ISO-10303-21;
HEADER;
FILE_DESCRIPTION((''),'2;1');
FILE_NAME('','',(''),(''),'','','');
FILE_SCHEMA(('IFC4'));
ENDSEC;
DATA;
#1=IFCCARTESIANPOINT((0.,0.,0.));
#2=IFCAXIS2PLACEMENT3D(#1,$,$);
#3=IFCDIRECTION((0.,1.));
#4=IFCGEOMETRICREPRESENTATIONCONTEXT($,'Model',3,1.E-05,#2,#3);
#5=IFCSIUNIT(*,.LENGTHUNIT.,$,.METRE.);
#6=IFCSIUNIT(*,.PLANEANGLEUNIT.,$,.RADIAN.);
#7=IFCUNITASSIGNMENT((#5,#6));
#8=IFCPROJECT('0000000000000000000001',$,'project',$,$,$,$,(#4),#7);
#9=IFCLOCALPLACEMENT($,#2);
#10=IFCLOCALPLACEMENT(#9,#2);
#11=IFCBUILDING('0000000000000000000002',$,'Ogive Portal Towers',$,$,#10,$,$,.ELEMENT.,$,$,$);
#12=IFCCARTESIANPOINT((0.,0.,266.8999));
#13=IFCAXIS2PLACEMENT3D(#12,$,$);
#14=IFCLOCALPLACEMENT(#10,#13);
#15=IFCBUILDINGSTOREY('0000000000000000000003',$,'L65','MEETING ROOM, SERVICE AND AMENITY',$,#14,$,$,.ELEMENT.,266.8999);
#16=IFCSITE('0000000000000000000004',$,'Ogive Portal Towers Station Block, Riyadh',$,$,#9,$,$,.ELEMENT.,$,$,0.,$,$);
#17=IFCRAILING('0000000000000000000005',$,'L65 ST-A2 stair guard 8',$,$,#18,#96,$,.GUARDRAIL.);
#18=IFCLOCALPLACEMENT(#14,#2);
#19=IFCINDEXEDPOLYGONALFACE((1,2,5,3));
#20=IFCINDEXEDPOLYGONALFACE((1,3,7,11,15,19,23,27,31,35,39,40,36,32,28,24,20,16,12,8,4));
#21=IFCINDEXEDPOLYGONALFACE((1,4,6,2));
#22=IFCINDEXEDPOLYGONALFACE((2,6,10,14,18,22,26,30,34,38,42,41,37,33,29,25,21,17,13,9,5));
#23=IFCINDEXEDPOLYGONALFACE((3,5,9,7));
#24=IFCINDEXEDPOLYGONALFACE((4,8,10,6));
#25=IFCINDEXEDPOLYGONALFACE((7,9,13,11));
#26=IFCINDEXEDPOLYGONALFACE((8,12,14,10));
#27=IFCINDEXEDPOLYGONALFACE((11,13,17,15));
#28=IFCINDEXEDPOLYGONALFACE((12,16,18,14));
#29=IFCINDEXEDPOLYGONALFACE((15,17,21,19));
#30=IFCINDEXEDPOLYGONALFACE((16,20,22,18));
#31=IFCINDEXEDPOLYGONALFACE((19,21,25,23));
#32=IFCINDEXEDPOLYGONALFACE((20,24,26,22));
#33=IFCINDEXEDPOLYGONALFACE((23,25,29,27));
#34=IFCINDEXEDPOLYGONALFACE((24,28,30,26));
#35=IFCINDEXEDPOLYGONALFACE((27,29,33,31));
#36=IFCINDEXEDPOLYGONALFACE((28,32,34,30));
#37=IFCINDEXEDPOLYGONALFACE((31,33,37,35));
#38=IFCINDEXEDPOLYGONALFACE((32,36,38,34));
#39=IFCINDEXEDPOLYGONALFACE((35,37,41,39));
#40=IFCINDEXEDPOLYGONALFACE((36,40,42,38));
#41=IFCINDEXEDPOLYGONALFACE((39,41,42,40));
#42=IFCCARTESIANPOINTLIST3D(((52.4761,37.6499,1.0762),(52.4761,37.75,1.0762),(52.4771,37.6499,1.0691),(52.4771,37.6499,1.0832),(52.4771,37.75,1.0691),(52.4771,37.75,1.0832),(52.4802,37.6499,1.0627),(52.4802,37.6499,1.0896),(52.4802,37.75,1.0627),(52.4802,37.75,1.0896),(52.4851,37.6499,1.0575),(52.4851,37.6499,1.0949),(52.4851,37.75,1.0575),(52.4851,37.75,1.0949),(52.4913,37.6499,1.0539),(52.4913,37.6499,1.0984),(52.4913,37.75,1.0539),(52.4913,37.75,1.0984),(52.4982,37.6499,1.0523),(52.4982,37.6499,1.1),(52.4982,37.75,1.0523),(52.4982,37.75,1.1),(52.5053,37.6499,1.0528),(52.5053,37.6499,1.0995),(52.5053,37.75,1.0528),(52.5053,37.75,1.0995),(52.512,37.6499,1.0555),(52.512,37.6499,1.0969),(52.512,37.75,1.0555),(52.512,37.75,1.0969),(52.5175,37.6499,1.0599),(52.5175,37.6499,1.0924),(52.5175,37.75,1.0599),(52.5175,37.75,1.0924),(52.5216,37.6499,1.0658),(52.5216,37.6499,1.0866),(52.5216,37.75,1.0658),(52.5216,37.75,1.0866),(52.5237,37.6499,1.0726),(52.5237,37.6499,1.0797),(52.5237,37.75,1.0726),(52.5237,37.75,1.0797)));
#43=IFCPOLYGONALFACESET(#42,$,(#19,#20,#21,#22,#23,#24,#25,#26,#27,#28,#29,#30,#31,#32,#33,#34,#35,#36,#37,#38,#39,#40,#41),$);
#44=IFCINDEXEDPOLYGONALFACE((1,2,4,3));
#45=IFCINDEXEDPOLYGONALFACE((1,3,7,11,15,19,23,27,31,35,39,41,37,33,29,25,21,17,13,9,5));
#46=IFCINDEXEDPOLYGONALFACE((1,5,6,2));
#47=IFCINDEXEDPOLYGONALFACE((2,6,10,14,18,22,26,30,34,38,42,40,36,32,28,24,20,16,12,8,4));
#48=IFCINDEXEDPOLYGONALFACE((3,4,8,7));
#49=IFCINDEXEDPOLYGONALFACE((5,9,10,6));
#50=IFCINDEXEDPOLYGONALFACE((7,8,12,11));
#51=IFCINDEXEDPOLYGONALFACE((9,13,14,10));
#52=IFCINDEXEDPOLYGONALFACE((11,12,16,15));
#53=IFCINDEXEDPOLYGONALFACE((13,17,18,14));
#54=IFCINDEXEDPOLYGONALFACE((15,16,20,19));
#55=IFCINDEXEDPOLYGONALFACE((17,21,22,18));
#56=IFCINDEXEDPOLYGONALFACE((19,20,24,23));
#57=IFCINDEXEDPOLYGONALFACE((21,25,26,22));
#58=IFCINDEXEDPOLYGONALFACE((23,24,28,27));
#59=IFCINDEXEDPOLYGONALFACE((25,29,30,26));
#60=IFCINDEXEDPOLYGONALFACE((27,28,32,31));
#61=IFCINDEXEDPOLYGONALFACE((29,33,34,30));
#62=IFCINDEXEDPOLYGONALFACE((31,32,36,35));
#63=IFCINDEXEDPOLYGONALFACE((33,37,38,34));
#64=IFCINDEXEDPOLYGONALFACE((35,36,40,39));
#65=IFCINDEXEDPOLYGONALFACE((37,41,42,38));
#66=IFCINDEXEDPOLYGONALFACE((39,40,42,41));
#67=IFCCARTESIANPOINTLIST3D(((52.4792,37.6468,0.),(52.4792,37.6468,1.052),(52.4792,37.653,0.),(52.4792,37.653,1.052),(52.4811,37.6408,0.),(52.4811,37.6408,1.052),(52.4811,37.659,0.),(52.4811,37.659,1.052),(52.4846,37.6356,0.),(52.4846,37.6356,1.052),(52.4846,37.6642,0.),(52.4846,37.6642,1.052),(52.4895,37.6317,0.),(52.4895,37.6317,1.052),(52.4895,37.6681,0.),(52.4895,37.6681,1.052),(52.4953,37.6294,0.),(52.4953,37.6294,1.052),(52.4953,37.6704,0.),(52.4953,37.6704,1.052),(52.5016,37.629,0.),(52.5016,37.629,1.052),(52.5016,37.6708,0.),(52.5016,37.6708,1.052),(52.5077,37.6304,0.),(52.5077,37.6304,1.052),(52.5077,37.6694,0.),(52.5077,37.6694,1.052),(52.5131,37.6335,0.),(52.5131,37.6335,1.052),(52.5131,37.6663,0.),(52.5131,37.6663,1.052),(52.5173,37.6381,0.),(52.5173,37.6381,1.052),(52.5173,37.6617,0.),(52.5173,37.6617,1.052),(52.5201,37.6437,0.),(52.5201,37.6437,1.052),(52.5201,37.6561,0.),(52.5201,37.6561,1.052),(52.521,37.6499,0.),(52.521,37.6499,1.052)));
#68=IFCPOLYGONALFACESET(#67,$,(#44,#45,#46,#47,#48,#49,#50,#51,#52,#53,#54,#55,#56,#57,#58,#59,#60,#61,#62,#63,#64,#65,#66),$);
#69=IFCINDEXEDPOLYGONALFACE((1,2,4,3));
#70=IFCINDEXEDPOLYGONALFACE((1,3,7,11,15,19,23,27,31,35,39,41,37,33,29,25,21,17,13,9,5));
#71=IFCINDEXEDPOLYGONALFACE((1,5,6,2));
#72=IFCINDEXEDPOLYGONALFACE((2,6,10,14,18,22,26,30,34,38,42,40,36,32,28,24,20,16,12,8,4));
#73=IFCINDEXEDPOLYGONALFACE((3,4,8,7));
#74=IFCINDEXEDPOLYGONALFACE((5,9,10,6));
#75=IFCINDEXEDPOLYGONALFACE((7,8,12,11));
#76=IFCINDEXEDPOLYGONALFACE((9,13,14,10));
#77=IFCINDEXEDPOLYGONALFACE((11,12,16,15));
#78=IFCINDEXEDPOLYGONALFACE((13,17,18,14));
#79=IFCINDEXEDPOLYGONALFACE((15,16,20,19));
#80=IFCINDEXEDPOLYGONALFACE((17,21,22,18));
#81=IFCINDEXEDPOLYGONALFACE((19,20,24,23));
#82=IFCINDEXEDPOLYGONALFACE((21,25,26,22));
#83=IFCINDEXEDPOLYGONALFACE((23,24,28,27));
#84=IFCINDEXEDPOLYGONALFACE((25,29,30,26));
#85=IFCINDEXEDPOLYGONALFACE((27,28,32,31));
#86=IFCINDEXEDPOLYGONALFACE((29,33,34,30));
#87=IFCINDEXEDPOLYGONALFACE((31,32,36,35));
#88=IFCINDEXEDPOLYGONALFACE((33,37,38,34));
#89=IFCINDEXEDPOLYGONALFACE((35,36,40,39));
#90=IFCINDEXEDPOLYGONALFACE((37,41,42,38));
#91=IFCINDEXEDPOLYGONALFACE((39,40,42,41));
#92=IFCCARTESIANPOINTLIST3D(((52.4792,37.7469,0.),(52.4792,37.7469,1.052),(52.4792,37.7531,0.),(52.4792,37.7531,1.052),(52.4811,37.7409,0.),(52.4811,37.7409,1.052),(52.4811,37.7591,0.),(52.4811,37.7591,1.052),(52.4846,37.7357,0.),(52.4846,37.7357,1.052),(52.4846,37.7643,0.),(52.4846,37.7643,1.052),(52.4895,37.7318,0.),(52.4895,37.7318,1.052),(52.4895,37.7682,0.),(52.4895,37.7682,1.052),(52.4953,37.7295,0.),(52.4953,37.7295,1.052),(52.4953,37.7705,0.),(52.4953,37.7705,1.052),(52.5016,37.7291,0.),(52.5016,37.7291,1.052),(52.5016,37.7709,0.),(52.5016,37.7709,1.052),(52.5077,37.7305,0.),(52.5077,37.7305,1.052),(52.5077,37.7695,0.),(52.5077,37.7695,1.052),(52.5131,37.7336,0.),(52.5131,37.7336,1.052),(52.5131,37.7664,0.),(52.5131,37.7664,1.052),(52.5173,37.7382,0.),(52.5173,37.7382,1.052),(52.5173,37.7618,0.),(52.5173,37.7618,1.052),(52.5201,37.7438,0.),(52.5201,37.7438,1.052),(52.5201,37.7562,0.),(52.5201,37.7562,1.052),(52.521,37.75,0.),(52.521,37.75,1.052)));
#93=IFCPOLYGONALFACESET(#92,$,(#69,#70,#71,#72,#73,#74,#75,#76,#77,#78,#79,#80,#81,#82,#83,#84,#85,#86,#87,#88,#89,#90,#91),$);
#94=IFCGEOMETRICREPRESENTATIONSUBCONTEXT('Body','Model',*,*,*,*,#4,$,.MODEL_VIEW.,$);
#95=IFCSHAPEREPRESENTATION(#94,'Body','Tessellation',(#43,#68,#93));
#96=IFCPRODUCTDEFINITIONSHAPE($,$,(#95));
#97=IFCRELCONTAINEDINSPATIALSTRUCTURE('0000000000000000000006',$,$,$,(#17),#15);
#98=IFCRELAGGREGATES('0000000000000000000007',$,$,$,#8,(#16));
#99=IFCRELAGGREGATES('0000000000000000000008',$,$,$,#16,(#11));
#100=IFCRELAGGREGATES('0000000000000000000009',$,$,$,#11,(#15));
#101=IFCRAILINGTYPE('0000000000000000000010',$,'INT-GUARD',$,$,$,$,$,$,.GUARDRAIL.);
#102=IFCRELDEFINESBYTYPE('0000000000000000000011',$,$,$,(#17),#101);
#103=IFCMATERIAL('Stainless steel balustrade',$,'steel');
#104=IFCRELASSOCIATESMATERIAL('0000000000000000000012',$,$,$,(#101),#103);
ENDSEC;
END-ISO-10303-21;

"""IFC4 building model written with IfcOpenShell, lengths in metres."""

from ifc_helpers import new_model, si_unit, direction, frame, origin, origin_2d, place, context, subcontext, project, spatial, circle, extrude, material, type_object, element, save


model = new_model("IFC4")

# Units and contexts
model_context = context("Model", 3, precision=1e-05, world=origin(), true_north=direction((0.0, 1.0)))
body_context = subcontext(model_context, "Body", "Model", "MODEL_VIEW")
ifc_project = project(units=[si_unit("LENGTHUNIT", "METRE"), si_unit("PLANEANGLEUNIT", "RADIAN")], contexts=[model_context])

# Site, building, storey
site_placement = place(None, origin())
site = spatial("IfcSite", under=ifc_project, at=site_placement, Name="Ogive Portal Towers Station Block, Riyadh", CompositionType="ELEMENT", RefElevation=0.0)
building_placement = place(site_placement, origin())
building = spatial("IfcBuilding", under=site, at=building_placement, Name="Ogive Portal Towers", CompositionType="ELEMENT")
storey_placement = place(building_placement, frame((0.0, 0.0, 266.8999)))
storey = spatial("IfcBuildingStorey", under=building, at=storey_placement, Name="L65", Description="MEETING ROOM, SERVICE AND AMENITY", CompositionType="ELEMENT", Elevation=266.8999)

# Railing
ifc_material_1 = material(Name="Stainless steel balustrade", Category="steel")
railing_type_1 = type_object("IfcRailingType", Name="INT-GUARD", PredefinedType="GUARDRAIL", material=ifc_material_1)
railing_1_placement = place(storey_placement, frame((52.5, 37.6499, 0.0)))
element("IfcRailing", 1, at=railing_1_placement, inside=storey, type_object=railing_type_1, Name="L65 ST-A2 stair guard 8", PredefinedType="GUARDRAIL", context=body_context, shape_type="SweptSolid", body=[
    extrude(circle(Radius=0.0239, at=origin_2d()), frame((0.0, 0.0, 1.0762), z_axis=(0.0, 1.0, 0.0), x_axis=(-1.0, 0.0, 0.0)), (0.0, 0.0, 1.0), 0.1001),
    extrude(circle(Radius=0.021, at=origin_2d()), origin(), (0.0, 0.0, 1.0), 1.052),
    extrude(circle(Radius=0.021, at=origin_2d()), frame((0.0, 0.1001, 0.0)), (0.0, 0.0, 1.0), 1.052),
])

save(model, "model.ifc")
